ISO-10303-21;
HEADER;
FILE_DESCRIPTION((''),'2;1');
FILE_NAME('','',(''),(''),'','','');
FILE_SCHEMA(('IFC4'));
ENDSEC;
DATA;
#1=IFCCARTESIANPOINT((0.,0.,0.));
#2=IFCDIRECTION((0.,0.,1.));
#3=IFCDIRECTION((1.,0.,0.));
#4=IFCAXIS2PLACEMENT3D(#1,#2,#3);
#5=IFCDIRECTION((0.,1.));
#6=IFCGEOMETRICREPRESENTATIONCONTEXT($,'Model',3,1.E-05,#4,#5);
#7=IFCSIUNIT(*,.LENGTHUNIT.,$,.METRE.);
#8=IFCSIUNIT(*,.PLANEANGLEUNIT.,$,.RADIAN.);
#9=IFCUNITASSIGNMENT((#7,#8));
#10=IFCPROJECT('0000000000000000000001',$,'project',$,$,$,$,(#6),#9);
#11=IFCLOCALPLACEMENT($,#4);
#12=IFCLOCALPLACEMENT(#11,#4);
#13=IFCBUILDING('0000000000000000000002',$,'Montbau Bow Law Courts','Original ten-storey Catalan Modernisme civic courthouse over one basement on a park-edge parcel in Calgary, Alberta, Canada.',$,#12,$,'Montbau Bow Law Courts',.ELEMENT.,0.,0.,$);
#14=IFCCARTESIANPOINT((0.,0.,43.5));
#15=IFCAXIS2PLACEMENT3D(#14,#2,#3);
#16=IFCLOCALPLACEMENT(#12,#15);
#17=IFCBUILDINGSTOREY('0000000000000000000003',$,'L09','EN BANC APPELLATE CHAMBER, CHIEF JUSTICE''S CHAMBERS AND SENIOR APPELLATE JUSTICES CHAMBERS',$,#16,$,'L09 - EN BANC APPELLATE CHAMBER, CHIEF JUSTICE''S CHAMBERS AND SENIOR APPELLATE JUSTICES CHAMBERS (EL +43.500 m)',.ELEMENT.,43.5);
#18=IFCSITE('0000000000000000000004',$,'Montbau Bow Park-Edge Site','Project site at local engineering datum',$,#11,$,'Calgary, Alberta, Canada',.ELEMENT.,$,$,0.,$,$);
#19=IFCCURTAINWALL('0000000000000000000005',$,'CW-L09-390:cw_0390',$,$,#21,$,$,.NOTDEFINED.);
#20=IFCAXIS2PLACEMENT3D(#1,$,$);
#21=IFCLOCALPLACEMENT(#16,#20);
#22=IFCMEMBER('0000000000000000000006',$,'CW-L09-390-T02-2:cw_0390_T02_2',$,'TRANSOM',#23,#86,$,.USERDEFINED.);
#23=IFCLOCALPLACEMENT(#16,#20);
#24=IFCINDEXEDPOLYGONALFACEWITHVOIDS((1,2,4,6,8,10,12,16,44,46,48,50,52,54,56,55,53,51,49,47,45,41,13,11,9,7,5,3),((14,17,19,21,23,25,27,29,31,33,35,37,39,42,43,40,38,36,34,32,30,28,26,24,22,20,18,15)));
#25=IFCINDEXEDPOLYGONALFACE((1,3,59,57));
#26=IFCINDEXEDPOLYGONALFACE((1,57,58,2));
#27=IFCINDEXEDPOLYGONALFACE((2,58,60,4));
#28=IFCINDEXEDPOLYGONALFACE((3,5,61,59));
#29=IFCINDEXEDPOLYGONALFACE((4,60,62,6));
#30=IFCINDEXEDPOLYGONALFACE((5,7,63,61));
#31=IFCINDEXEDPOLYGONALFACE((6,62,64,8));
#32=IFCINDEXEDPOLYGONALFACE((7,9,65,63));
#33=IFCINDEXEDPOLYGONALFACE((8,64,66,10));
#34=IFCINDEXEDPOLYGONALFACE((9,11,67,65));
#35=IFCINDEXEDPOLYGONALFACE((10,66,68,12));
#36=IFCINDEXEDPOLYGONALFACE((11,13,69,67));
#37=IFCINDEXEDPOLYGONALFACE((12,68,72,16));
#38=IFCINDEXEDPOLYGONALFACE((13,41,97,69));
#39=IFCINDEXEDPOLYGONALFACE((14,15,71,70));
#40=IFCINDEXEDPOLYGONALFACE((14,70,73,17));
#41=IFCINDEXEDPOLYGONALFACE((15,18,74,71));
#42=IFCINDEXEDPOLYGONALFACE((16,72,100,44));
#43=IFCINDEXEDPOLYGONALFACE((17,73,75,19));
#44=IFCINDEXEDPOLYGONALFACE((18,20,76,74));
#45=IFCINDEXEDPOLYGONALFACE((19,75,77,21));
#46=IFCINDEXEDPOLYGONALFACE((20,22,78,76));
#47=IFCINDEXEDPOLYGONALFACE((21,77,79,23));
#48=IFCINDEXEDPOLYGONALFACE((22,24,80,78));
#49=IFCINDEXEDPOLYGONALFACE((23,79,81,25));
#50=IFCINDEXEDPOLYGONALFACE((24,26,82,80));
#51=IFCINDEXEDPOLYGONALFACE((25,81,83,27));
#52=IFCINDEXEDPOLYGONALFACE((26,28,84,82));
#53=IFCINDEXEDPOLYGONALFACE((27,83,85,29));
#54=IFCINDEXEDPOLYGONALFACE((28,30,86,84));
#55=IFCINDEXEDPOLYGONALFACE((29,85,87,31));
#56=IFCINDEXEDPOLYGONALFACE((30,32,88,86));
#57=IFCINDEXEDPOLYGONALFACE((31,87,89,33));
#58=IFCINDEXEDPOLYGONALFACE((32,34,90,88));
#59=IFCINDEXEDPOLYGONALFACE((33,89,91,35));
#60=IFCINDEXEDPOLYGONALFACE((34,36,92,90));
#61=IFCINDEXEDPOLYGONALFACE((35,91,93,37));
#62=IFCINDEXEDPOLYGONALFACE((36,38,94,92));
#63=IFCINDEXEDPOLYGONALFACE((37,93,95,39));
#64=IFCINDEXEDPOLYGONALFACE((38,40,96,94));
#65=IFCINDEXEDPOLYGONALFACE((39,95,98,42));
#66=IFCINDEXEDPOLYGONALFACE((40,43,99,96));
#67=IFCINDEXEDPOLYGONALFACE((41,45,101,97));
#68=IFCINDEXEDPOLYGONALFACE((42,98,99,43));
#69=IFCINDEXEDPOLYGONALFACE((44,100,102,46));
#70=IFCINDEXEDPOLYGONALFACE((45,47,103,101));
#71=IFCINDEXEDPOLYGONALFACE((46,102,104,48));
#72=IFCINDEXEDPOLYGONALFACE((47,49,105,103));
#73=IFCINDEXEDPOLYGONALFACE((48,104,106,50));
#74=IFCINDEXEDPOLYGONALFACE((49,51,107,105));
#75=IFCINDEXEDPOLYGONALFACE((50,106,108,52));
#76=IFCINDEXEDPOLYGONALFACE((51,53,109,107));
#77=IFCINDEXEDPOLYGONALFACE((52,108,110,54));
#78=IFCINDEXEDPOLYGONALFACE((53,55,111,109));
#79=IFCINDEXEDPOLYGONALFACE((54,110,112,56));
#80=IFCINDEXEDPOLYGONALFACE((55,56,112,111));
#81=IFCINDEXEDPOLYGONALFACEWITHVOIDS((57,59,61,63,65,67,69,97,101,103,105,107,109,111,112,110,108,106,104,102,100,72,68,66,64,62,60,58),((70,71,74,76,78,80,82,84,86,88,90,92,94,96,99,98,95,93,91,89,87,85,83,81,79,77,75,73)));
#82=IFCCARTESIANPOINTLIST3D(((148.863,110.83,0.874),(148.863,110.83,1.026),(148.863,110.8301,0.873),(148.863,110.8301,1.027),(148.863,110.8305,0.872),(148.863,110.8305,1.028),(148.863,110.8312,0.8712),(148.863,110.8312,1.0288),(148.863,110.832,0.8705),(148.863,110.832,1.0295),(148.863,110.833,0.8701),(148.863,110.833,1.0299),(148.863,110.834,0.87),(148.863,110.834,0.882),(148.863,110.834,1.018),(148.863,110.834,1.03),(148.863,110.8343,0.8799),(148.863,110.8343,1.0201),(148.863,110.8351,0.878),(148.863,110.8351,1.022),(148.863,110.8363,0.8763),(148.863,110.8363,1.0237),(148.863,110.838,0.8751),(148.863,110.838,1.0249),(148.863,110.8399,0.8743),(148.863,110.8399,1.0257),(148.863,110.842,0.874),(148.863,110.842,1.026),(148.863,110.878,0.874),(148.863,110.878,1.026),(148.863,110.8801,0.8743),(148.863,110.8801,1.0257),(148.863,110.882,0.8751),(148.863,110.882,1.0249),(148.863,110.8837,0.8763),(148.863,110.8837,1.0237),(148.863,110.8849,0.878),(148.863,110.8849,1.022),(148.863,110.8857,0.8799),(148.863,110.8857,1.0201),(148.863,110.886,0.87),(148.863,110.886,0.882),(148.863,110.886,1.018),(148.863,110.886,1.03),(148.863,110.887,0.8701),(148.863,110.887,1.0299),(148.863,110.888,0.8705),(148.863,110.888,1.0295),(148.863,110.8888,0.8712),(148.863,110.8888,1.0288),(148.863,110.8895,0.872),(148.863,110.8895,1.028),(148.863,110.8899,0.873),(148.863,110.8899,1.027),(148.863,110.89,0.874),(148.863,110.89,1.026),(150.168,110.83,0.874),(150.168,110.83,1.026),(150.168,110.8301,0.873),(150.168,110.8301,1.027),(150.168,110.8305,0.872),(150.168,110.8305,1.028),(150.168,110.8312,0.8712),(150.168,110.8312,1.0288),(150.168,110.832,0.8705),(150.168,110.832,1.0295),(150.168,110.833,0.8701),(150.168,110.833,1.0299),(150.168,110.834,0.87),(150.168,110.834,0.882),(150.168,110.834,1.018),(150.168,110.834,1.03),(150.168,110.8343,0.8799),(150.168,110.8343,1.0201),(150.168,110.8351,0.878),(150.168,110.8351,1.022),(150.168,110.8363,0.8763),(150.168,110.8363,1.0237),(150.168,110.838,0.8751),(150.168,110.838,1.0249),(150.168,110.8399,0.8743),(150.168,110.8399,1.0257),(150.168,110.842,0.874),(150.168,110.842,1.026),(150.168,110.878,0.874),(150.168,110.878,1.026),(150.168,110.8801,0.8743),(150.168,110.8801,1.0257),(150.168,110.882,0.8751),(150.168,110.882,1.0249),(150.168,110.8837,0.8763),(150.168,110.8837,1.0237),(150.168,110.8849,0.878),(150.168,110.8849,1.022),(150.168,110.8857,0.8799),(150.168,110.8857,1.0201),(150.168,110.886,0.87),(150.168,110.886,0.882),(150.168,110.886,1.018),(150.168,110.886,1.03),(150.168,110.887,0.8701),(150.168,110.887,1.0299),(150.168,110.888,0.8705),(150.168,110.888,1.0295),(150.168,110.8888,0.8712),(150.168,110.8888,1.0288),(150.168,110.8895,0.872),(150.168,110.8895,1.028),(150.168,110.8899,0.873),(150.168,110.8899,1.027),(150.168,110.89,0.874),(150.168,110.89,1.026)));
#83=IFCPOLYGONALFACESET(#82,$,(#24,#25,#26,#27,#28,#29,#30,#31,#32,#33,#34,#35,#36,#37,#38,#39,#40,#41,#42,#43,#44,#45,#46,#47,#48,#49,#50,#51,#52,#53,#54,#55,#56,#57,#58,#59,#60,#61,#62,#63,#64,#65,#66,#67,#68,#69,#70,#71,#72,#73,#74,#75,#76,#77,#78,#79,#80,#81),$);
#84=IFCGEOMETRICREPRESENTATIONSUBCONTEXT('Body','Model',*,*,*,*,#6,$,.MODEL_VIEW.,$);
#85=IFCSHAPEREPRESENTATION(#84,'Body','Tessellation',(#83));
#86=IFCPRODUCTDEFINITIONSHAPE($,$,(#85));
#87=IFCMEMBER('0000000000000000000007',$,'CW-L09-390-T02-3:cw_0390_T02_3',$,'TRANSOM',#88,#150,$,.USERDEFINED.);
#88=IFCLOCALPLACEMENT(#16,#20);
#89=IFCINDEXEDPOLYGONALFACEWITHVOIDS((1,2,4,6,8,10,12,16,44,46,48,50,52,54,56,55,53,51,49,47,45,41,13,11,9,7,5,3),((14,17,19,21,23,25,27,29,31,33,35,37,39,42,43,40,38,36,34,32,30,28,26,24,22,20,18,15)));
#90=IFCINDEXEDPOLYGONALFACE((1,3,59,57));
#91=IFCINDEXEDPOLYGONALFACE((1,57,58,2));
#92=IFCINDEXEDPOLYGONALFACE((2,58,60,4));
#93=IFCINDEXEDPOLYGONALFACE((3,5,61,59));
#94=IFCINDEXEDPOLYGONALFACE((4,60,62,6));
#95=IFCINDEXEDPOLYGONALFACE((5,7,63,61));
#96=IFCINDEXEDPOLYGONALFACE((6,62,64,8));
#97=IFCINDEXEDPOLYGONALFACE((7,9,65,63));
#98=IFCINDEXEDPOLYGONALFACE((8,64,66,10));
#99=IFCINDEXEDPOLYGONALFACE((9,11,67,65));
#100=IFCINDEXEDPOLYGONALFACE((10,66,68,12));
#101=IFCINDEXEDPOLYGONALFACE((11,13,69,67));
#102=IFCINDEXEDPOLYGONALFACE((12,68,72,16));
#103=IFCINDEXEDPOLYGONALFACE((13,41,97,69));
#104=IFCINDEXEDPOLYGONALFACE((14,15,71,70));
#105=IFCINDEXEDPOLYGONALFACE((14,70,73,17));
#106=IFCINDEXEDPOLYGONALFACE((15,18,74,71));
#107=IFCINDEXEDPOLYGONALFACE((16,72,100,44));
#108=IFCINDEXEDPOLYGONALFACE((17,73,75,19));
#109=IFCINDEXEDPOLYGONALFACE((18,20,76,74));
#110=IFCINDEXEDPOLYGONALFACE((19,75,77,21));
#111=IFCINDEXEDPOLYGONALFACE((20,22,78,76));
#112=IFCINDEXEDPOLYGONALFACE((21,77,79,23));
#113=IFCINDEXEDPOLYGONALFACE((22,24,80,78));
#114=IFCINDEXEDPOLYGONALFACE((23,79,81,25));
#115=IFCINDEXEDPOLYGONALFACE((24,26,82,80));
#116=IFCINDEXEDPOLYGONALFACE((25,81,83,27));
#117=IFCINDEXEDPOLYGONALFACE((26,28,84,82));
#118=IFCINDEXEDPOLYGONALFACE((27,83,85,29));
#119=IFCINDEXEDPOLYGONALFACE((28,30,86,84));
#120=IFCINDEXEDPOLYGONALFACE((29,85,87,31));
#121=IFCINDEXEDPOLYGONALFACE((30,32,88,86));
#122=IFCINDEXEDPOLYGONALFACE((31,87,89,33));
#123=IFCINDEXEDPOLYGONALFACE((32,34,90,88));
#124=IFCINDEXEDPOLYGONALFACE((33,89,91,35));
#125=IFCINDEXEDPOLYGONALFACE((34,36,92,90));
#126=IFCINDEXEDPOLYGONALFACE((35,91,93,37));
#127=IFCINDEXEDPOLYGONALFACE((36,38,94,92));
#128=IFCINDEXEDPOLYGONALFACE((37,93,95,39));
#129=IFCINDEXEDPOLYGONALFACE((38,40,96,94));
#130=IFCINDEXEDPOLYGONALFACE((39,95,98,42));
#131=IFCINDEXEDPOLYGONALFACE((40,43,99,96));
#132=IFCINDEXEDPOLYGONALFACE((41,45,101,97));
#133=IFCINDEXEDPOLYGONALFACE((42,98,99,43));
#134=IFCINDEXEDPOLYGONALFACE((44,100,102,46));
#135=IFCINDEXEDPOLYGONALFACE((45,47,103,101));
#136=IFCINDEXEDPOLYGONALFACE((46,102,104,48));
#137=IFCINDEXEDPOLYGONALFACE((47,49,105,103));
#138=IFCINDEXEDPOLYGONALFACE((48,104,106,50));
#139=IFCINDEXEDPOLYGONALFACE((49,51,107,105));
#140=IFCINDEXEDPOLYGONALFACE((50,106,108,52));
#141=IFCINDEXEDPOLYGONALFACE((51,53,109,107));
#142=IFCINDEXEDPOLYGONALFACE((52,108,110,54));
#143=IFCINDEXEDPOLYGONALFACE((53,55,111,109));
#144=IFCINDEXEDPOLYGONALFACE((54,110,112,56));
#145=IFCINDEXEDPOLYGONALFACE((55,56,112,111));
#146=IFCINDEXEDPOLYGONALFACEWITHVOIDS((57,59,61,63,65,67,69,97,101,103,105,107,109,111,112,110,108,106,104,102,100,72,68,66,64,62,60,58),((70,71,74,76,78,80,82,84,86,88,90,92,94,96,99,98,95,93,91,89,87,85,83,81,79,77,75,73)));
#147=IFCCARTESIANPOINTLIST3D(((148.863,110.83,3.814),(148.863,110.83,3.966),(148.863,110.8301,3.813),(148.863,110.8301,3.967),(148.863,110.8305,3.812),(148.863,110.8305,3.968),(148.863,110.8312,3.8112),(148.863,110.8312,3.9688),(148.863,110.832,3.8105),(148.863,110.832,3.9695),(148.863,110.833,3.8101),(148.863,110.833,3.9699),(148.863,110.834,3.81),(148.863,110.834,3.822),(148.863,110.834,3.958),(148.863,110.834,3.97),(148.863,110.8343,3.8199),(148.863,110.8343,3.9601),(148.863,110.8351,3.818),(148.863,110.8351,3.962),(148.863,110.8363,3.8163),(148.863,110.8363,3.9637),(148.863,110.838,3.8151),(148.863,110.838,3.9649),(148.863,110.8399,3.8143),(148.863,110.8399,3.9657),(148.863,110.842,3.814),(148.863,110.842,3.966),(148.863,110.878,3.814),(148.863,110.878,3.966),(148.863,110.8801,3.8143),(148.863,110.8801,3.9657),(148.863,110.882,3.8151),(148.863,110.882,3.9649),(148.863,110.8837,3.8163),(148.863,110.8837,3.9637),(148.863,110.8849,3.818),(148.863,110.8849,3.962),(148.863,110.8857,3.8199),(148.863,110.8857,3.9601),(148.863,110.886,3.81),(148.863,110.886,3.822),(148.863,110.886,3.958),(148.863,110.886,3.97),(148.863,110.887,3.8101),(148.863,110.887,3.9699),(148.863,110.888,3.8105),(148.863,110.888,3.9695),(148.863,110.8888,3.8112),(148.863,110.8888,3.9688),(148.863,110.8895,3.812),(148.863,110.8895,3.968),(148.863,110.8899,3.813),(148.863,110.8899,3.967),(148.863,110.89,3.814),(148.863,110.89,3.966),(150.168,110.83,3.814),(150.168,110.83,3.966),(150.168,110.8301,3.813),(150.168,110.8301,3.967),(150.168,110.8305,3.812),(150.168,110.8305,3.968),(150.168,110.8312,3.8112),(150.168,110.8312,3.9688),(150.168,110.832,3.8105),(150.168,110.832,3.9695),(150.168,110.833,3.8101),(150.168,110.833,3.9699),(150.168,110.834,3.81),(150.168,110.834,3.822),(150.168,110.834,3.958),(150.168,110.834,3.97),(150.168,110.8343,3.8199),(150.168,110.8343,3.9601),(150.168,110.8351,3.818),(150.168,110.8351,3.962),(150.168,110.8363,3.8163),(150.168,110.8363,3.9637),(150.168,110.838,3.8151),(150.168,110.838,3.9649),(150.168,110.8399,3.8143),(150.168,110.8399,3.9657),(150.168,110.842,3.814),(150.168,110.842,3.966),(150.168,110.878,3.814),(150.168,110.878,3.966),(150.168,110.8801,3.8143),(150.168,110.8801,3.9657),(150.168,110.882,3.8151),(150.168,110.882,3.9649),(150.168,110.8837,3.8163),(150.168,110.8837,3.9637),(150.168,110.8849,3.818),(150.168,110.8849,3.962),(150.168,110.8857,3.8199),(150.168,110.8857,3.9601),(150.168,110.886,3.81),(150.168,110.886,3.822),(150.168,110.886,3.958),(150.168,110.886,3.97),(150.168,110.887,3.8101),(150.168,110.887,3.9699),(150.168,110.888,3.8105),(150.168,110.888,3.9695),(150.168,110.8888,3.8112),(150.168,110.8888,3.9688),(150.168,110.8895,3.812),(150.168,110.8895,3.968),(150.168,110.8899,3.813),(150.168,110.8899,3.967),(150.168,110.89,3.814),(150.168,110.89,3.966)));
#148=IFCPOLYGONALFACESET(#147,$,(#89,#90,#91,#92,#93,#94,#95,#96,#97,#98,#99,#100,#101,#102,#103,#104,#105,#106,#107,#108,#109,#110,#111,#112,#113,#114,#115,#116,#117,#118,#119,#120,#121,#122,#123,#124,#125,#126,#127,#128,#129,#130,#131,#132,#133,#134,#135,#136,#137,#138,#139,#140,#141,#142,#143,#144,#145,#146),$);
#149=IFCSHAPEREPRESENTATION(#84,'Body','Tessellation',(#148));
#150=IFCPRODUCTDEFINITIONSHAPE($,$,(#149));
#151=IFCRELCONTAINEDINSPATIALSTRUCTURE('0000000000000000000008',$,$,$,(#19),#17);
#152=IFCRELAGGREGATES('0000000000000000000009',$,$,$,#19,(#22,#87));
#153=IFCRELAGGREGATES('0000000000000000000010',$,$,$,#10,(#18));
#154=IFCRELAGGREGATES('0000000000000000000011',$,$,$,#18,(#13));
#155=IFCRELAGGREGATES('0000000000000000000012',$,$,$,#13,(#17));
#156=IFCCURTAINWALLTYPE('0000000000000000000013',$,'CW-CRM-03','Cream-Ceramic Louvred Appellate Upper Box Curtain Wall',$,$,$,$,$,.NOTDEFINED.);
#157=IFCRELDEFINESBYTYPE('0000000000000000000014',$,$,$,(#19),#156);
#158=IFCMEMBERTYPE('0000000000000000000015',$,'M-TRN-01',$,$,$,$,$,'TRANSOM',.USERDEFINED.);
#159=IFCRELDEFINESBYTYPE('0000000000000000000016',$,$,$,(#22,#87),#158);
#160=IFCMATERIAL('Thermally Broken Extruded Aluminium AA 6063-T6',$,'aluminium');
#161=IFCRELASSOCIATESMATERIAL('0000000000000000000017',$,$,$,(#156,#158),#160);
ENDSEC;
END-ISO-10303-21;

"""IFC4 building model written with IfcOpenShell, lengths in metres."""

from ifc_helpers import new_model, si_unit, direction, frame, origin_with_axes, origin_2d_with_axis, place, context, subcontext, project, spatial, hollow_rectangle, extrude, material, material_profile, profile_set, type_object, element, aggregate, save


model = new_model("IFC4")

# Units and contexts
model_context = context("Model", 3, precision=1e-05, world=origin_with_axes(), true_north=direction((0.0, 1.0)))
body_context = subcontext(model_context, "Body", "Model", "MODEL_VIEW")
ifc_project = project(units=[si_unit("LENGTHUNIT", "METRE"), si_unit("PLANEANGLEUNIT", "RADIAN")], contexts=[model_context])

# Site, building, storey
site_placement = place(None, origin_with_axes())
site = spatial("IfcSite", under=ifc_project, at=site_placement, Name="Montbau Bow Park-Edge Site", Description="Project site at local engineering datum", LongName="Calgary, Alberta, Canada", CompositionType="ELEMENT", RefElevation=0.0)
building_placement = place(site_placement, origin_with_axes())
building = spatial("IfcBuilding", under=site, at=building_placement, Name="Montbau Bow Law Courts", Description="Original ten-storey Catalan Modernisme civic courthouse over one basement on a park-edge parcel in Calgary, Alberta, Canada.", LongName="Montbau Bow Law Courts", CompositionType="ELEMENT", ElevationOfRefHeight=0.0, ElevationOfTerrain=0.0)
storey_placement = place(building_placement, frame((0.0, 0.0, 43.5), z_axis=(0.0, 0.0, 1.0), x_axis=(1.0, 0.0, 0.0)))
storey = spatial("IfcBuildingStorey", under=building, at=storey_placement, Name="L09", Description="EN BANC APPELLATE CHAMBER, CHIEF JUSTICE'S CHAMBERS AND SENIOR APPELLATE JUSTICES CHAMBERS", LongName="L09 - EN BANC APPELLATE CHAMBER, CHIEF JUSTICE'S CHAMBERS AND SENIOR APPELLATE JUSTICES CHAMBERS (EL +43.500 m)", CompositionType="ELEMENT", Elevation=43.5)

# Curtain wall
ifc_material_1 = material(Name="Thermally Broken Extruded Aluminium AA 6063-T6", Category="aluminium")
curtain_wall_type = type_object("IfcCurtainWallType", Name="CW-CRM-03", Description="Cream-Ceramic Louvred Appellate Upper Box Curtain Wall", PredefinedType="NOTDEFINED", material=ifc_material_1)
curtain_wall_1_placement = place(None, frame((147.44, 110.86, 43.5), z_axis=(0.0, 0.0, 1.0), x_axis=(1.0, 0.0, 0.0)))
curtain_wall_1 = element("IfcCurtainWall", 1, at=curtain_wall_1_placement, inside=storey, type_object=curtain_wall_type, Name="CW-L09-390:cw_0390", PredefinedType="NOTDEFINED")

# Members
ifc_material_profile_1 = material_profile(ifc_material_1, hollow_rectangle(XDim=0.06, YDim=0.16, WallThickness=0.004, InnerFilletRadius=0.008, OuterFilletRadius=0.004, at=origin_2d_with_axis()), Name="CWT-160X60", Category="Main", Priority=0)
ifc_profile_set_1 = profile_set([ifc_material_profile_1], Name="Thermally Broken Extruded Aluminium AA 6063-T6")
member_type_1 = type_object("IfcMemberType", Name="M-TRN-01", ElementType="TRANSOM", PredefinedType="USERDEFINED", material=ifc_profile_set_1)
member_1_placement = place(None, frame((148.863, 110.86, 44.45), z_axis=(1.0, 0.0, 0.0), x_axis=(0.0, 1.0, 0.0)))
member_1 = element("IfcMember", 2, at=member_1_placement, type_object=member_type_1, Name="CW-L09-390-T02-2:cw_0390_T02_2", ObjectType="TRANSOM", PredefinedType="USERDEFINED", context=body_context, shape_type="SweptSolid", body=[
    extrude(hollow_rectangle(XDim=0.06, YDim=0.16, WallThickness=0.004, InnerFilletRadius=0.008, OuterFilletRadius=0.004, at=origin_2d_with_axis()), origin_with_axes(), (0.0, 0.0, 1.0), 1.305),
])
member_2_placement = place(None, frame((148.863, 110.86, 47.39), z_axis=(1.0, 0.0, 0.0), x_axis=(0.0, 1.0, 0.0)))
member_2 = element("IfcMember", 3, at=member_2_placement, type_object=member_type_1, Name="CW-L09-390-T02-3:cw_0390_T02_3", ObjectType="TRANSOM", PredefinedType="USERDEFINED", context=body_context, shape_type="SweptSolid", body=[
    extrude(hollow_rectangle(XDim=0.06, YDim=0.16, WallThickness=0.004, InnerFilletRadius=0.008, OuterFilletRadius=0.004, at=origin_2d_with_axis()), origin_with_axes(), (0.0, 0.0, 1.0), 1.305),
])

aggregate(curtain_wall_1, [member_1, member_2])

save(model, "model.ifc")
